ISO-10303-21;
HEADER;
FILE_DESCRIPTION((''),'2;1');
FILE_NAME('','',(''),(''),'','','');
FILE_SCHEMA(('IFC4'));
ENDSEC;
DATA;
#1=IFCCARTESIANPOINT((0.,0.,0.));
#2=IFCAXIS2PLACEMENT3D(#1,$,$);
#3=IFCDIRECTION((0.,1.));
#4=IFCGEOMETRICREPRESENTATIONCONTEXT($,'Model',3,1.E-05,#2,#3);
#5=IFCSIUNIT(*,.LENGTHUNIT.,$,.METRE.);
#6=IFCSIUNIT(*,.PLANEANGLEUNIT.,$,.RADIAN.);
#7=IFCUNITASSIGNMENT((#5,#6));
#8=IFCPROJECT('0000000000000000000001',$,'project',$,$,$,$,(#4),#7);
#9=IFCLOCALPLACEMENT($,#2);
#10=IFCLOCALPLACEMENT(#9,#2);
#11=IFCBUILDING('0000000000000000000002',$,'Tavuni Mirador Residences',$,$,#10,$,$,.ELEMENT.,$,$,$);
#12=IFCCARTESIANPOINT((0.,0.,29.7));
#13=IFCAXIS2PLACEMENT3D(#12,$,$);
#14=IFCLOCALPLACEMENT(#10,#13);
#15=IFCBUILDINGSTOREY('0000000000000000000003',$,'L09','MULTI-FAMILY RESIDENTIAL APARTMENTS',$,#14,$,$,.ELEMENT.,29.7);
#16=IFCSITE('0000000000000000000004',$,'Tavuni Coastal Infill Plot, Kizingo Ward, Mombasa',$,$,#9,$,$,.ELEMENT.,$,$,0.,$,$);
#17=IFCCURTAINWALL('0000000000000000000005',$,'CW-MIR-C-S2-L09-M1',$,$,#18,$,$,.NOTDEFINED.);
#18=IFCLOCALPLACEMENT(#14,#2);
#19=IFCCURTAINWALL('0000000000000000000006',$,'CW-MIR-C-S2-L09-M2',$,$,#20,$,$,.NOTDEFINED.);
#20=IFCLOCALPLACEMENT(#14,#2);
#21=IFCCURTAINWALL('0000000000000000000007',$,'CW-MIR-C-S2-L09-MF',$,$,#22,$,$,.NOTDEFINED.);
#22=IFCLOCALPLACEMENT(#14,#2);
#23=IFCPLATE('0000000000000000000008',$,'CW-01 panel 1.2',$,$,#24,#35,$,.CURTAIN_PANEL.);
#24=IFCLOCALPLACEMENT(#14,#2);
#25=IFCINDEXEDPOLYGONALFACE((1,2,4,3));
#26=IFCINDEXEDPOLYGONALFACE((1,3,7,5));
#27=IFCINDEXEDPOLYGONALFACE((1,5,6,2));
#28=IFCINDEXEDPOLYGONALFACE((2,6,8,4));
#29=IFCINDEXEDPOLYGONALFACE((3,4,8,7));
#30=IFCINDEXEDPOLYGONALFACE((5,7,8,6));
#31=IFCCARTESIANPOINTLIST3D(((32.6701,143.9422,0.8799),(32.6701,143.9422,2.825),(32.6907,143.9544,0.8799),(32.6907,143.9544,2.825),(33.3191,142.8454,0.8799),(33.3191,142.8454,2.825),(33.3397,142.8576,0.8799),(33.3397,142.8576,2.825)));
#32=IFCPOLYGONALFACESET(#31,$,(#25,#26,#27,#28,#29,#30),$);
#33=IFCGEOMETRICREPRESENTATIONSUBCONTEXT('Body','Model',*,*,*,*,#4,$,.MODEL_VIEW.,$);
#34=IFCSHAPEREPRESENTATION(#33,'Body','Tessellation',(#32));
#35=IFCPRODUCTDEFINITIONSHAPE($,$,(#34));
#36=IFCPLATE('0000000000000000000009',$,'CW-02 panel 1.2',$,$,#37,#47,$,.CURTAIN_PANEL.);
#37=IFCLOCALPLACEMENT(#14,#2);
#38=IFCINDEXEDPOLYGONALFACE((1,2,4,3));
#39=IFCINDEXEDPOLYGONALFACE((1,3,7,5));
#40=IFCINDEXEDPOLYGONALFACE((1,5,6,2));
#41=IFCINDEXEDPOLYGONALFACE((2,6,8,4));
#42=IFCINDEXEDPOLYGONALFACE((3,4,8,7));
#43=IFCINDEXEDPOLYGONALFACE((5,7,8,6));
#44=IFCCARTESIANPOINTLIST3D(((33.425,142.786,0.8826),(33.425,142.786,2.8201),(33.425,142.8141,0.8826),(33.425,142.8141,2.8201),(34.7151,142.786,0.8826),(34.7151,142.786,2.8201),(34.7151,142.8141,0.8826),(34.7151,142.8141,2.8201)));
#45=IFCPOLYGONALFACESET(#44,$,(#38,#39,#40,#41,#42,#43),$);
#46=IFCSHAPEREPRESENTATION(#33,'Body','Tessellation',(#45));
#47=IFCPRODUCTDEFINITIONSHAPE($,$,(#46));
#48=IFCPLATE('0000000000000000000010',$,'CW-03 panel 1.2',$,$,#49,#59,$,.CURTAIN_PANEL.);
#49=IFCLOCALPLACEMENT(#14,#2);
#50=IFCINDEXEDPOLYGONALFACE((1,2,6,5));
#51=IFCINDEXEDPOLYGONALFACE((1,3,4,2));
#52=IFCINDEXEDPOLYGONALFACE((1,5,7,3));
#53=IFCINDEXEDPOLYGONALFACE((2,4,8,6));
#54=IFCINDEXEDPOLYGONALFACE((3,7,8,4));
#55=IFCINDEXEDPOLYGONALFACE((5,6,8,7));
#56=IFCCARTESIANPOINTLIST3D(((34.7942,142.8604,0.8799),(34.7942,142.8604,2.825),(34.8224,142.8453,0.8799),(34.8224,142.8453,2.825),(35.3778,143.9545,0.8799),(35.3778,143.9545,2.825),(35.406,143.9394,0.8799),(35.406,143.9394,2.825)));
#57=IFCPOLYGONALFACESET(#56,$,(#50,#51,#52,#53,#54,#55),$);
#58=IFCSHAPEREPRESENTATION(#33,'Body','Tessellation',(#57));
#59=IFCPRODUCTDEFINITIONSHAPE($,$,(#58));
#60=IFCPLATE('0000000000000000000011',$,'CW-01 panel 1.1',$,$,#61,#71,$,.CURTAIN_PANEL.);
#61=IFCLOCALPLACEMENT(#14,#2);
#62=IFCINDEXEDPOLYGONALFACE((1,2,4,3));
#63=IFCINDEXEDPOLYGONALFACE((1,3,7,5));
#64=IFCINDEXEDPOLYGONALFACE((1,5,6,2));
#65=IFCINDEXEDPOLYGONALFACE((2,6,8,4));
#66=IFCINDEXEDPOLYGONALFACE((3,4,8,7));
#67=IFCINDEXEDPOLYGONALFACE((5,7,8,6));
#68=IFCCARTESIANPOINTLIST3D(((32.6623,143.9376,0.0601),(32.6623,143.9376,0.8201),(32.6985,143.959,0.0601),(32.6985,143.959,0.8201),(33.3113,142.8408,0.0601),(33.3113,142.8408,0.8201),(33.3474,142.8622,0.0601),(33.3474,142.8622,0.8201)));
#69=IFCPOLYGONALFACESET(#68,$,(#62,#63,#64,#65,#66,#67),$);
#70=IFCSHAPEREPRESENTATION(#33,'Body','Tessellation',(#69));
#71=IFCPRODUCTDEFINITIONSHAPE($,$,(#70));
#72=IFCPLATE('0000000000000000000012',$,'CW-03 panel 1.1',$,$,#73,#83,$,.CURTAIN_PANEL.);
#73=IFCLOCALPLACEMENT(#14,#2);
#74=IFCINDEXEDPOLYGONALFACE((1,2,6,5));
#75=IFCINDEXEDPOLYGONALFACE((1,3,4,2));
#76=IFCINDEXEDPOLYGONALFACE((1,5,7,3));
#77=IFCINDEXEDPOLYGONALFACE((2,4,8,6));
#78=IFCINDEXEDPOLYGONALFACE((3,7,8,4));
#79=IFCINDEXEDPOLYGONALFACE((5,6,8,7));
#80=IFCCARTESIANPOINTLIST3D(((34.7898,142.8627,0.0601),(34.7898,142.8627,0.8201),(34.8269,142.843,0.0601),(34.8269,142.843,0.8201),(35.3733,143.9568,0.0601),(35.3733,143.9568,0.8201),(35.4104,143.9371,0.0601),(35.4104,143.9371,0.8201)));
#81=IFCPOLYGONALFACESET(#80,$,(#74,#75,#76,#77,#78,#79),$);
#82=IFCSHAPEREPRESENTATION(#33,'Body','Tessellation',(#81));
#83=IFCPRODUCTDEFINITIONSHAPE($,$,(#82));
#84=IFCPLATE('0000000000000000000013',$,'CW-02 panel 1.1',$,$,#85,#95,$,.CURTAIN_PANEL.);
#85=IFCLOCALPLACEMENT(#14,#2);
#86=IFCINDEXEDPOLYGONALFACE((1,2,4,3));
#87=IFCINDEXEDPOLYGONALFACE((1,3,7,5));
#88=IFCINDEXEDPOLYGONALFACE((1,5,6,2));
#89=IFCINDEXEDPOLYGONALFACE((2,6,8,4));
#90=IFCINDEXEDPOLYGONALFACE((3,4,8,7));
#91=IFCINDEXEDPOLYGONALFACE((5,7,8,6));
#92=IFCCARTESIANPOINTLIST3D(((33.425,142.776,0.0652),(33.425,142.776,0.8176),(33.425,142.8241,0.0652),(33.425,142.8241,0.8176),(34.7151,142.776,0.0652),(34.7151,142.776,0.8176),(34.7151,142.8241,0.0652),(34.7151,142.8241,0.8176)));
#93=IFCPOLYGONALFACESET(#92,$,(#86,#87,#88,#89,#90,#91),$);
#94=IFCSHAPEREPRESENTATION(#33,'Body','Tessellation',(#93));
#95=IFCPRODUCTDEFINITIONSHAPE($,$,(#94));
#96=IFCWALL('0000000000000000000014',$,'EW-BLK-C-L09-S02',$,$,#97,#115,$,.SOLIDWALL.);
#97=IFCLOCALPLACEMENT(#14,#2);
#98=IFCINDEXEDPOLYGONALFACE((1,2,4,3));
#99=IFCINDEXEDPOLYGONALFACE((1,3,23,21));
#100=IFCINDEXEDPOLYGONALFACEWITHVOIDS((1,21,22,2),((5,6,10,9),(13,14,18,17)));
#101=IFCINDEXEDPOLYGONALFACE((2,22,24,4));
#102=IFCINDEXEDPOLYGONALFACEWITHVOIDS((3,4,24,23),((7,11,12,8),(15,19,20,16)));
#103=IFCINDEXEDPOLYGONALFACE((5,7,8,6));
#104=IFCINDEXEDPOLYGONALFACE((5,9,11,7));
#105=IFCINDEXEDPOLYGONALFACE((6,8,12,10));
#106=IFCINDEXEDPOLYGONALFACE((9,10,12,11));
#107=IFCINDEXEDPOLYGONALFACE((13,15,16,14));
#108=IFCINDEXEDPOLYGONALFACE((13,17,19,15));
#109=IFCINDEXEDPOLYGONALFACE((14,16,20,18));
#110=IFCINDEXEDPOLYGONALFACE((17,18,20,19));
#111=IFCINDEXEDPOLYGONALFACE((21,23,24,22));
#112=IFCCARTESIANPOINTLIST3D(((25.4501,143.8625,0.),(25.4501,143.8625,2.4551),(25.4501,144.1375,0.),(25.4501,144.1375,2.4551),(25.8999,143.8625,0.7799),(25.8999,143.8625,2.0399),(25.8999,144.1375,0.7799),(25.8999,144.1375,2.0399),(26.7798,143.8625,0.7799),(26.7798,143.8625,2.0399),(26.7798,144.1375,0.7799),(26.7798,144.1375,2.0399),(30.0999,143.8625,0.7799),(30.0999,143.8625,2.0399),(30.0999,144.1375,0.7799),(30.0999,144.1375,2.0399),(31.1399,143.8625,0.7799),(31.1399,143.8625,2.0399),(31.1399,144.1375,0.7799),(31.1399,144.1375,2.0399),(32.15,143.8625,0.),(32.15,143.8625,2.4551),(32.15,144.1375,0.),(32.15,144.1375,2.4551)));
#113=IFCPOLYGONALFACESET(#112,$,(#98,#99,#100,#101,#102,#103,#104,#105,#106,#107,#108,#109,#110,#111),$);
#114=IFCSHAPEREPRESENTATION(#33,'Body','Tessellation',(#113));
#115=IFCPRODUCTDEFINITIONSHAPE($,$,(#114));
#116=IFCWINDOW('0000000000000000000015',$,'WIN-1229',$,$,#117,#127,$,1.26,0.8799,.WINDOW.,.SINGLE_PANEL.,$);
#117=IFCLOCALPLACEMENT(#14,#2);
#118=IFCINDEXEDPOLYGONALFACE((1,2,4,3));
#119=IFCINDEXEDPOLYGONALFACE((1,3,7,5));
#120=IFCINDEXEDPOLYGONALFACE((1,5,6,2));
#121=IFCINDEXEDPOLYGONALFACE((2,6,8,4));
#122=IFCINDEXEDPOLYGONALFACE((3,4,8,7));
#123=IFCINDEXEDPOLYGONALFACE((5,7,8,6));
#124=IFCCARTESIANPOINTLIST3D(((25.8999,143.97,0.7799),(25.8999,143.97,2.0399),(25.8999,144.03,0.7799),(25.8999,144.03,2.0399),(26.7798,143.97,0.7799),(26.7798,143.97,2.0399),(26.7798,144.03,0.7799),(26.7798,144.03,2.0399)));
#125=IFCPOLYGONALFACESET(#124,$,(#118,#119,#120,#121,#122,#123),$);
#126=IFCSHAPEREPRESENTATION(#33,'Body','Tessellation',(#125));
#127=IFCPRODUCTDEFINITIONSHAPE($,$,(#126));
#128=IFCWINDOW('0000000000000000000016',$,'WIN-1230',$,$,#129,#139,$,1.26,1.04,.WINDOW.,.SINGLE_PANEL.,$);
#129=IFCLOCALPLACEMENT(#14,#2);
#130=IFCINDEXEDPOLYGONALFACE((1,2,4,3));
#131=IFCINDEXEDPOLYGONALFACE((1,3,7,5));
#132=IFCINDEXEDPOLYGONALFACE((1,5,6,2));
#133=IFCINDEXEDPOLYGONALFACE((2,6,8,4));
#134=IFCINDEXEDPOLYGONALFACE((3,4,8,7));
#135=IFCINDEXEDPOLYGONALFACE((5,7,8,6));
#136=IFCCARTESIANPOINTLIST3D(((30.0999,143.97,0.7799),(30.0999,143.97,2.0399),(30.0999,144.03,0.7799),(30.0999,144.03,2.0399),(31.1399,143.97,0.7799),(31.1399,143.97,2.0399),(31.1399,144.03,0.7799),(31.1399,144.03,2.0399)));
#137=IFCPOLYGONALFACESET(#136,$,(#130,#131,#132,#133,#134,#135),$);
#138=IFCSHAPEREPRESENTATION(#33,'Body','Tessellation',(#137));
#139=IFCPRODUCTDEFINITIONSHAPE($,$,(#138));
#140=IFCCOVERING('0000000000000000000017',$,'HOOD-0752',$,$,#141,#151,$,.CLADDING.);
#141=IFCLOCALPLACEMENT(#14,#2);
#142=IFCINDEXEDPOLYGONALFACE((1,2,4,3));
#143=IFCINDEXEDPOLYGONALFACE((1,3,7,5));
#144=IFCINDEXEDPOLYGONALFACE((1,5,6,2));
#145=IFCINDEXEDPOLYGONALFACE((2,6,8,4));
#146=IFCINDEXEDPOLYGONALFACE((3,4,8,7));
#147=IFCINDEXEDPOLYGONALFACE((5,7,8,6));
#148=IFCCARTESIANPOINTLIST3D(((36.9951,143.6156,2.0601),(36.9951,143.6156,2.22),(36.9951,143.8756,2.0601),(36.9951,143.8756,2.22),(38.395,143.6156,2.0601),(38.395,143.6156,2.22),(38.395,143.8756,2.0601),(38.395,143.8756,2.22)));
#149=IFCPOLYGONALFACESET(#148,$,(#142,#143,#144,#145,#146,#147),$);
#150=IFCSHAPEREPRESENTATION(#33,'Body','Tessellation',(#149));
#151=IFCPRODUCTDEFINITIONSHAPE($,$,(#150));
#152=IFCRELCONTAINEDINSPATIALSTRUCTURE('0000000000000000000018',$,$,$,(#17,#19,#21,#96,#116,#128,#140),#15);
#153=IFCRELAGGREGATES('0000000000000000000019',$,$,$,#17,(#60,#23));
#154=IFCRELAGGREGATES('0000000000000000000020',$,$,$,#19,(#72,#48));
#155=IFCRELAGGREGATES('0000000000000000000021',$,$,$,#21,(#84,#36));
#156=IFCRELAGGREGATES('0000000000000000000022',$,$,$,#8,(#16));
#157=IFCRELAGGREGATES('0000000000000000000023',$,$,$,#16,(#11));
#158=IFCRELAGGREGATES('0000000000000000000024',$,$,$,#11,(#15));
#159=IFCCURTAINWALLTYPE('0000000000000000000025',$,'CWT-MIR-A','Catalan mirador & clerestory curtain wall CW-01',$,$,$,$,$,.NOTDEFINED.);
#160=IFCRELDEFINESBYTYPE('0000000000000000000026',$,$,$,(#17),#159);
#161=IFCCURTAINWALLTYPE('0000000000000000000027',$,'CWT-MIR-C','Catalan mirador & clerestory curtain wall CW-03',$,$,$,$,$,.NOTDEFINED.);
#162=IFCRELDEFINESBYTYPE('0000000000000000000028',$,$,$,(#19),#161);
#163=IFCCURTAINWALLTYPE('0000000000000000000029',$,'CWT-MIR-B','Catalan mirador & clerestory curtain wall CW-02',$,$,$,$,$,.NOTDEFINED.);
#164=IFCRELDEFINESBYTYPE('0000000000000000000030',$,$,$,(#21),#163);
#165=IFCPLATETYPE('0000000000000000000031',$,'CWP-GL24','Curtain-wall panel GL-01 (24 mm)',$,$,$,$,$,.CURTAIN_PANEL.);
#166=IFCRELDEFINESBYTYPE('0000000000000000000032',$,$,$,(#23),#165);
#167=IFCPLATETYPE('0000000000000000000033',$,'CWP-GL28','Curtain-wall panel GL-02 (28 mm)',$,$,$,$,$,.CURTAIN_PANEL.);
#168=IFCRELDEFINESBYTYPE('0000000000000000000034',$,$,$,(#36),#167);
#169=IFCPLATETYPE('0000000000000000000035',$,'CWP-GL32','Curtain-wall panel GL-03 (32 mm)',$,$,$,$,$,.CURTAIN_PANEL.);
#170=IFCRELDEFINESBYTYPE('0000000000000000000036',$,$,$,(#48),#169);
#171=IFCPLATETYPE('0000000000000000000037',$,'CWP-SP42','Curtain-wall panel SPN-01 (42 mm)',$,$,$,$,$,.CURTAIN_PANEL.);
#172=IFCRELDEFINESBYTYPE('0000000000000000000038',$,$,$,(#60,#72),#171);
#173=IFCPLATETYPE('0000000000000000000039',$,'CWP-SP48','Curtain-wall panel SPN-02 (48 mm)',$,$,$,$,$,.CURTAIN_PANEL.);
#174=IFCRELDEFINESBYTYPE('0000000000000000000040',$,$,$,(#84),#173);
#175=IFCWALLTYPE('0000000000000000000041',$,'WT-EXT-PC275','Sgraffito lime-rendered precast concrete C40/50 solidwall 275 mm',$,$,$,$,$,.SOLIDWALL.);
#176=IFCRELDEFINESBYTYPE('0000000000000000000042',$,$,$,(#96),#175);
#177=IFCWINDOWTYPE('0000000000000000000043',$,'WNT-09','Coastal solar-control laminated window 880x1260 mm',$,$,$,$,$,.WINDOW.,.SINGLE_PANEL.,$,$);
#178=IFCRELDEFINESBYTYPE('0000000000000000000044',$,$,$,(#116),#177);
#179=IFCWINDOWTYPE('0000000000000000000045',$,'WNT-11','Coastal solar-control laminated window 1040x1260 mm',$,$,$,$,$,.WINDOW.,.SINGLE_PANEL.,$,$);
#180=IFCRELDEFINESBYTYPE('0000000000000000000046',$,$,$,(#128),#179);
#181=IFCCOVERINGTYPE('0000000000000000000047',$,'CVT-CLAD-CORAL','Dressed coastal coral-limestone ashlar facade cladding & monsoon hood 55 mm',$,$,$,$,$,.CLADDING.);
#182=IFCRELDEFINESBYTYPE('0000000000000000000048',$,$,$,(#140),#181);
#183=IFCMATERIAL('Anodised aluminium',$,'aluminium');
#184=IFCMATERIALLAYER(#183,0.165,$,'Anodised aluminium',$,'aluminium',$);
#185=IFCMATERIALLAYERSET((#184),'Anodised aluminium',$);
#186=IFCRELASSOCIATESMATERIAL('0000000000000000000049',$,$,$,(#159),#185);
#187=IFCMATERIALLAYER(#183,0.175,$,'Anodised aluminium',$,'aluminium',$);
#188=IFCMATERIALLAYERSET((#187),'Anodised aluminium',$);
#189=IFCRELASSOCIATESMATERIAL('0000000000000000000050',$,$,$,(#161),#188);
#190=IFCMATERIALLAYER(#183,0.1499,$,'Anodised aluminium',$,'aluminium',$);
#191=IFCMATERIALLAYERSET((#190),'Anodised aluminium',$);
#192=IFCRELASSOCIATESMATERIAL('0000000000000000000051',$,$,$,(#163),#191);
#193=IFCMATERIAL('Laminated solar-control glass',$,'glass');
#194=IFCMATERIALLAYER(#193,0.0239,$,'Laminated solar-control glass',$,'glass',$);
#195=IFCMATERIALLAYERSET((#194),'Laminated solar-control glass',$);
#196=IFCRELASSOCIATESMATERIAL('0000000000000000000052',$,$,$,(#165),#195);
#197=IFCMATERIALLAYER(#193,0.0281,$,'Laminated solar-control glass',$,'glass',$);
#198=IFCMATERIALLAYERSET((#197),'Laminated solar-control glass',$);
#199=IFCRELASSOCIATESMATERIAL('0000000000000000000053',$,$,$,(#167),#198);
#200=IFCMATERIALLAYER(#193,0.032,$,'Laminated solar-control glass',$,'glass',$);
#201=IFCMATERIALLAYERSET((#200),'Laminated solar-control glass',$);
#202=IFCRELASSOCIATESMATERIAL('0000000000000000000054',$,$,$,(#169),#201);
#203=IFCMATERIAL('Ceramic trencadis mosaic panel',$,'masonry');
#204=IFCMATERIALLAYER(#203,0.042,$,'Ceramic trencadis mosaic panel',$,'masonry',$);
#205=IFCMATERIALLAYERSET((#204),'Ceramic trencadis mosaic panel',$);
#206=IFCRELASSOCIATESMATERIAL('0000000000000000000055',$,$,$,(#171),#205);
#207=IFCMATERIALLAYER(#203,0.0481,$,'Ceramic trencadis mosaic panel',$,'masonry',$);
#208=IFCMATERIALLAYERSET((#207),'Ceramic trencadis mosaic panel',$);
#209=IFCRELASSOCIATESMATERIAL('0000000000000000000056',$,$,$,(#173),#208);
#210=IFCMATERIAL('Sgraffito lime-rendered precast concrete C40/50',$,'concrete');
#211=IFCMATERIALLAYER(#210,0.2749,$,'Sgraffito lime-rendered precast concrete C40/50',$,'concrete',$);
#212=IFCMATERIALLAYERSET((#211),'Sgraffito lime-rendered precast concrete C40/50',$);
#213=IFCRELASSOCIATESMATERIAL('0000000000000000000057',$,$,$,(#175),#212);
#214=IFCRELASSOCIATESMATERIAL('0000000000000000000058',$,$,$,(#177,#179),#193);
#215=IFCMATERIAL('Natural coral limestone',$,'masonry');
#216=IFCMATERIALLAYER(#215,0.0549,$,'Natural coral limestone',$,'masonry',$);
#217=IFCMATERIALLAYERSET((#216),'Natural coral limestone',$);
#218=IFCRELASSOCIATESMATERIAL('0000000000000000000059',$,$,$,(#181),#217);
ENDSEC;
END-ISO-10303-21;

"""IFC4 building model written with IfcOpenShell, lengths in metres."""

from ifc_helpers import new_model, si_unit, direction, frame, frame_2d, origin, origin_2d, place, context, subcontext, project, spatial, rectangle, extrude, material, layer, layer_set, type_object, element, fill, aggregate, save


model = new_model("IFC4")

# Units and contexts
model_context = context("Model", 3, precision=1e-05, world=origin(), true_north=direction((0.0, 1.0)))
body_context = subcontext(model_context, "Body", "Model", "MODEL_VIEW")
ifc_project = project(units=[si_unit("LENGTHUNIT", "METRE"), si_unit("PLANEANGLEUNIT", "RADIAN")], contexts=[model_context])

# Site, building, storey
site_placement = place(None, origin())
site = spatial("IfcSite", under=ifc_project, at=site_placement, Name="Tavuni Coastal Infill Plot, Kizingo Ward, Mombasa", CompositionType="ELEMENT", RefElevation=0.0)
building_placement = place(site_placement, origin())
building = spatial("IfcBuilding", under=site, at=building_placement, Name="Tavuni Mirador Residences", CompositionType="ELEMENT")
storey_placement = place(building_placement, frame((0.0, 0.0, 29.7)))
storey = spatial("IfcBuildingStorey", under=building, at=storey_placement, Name="L09", Description="MULTI-FAMILY RESIDENTIAL APARTMENTS", CompositionType="ELEMENT", Elevation=29.7)

# Curtain walls
ifc_material_1 = material(Name="Anodised aluminium", Category="aluminium")
ifc_layer_1 = layer(ifc_material_1, 0.165, Name="Anodised aluminium", Category="aluminium")
ifc_layer_set_1 = layer_set([ifc_layer_1], Name="Anodised aluminium")
curtain_wall_type_1 = type_object("IfcCurtainWallType", Name="CWT-MIR-A", Description="Catalan mirador & clerestory curtain wall CW-01", PredefinedType="NOTDEFINED", material=ifc_layer_set_1)
curtain_wall_1_placement = place(storey_placement, origin())
curtain_wall_1 = element("IfcCurtainWall", 1, at=curtain_wall_1_placement, inside=storey, type_object=curtain_wall_type_1, Name="CW-MIR-C-S2-L09-M1", PredefinedType="NOTDEFINED")
ifc_layer_2 = layer(ifc_material_1, 0.175, Name="Anodised aluminium", Category="aluminium")
ifc_layer_set_2 = layer_set([ifc_layer_2], Name="Anodised aluminium")
curtain_wall_type_2 = type_object("IfcCurtainWallType", Name="CWT-MIR-C", Description="Catalan mirador & clerestory curtain wall CW-03", PredefinedType="NOTDEFINED", material=ifc_layer_set_2)
curtain_wall_2_placement = place(storey_placement, origin())
curtain_wall_2 = element("IfcCurtainWall", 2, at=curtain_wall_2_placement, inside=storey, type_object=curtain_wall_type_2, Name="CW-MIR-C-S2-L09-M2", PredefinedType="NOTDEFINED")
ifc_layer_3 = layer(ifc_material_1, 0.1499, Name="Anodised aluminium", Category="aluminium")
ifc_layer_set_3 = layer_set([ifc_layer_3], Name="Anodised aluminium")
curtain_wall_type_3 = type_object("IfcCurtainWallType", Name="CWT-MIR-B", Description="Catalan mirador & clerestory curtain wall CW-02", PredefinedType="NOTDEFINED", material=ifc_layer_set_3)
curtain_wall_3_placement = place(storey_placement, origin())
curtain_wall_3 = element("IfcCurtainWall", 3, at=curtain_wall_3_placement, inside=storey, type_object=curtain_wall_type_3, Name="CW-MIR-C-S2-L09-MF", PredefinedType="NOTDEFINED")

# Plates
ifc_material_2 = material(Name="Laminated solar-control glass", Category="glass")
ifc_layer_4 = layer(ifc_material_2, 0.0239, Name="Laminated solar-control glass", Category="glass")
ifc_layer_set_4 = layer_set([ifc_layer_4], Name="Laminated solar-control glass")
plate_type_1 = type_object("IfcPlateType", Name="CWP-GL24", Description="Curtain-wall panel GL-01 (24 mm)", PredefinedType="CURTAIN_PANEL", material=ifc_layer_set_4)
plate_1_placement = place(storey_placement, frame((33.0049, 143.3999, 0.8799), z_axis=(0.0, 0.0, 1.0), x_axis=(0.509212, -0.860641, 0.0)))
plate_1 = element("IfcPlate", 4, at=plate_1_placement, type_object=plate_type_1, Name="CW-01 panel 1.2", PredefinedType="CURTAIN_PANEL", context=body_context, shape_type="SweptSolid", body=[
    extrude(rectangle(XDim=1.2744, YDim=0.0239, at=origin_2d()), origin(), (0.0, 0.0, 1.0), 1.9451),
])
ifc_layer_5 = layer(ifc_material_2, 0.0281, Name="Laminated solar-control glass", Category="glass")
ifc_layer_set_5 = layer_set([ifc_layer_5], Name="Laminated solar-control glass")
plate_type_2 = type_object("IfcPlateType", Name="CWP-GL28", Description="Curtain-wall panel GL-02 (28 mm)", PredefinedType="CURTAIN_PANEL", material=ifc_layer_set_5)
plate_2_placement = place(storey_placement, frame((34.0701, 142.8, 0.8826), z_axis=(0.0, 0.0, 1.0), x_axis=(1.0, 0.0, 0.0)))
plate_2 = element("IfcPlate", 5, at=plate_2_placement, type_object=plate_type_2, Name="CW-02 panel 1.2", PredefinedType="CURTAIN_PANEL", context=body_context, shape_type="SweptSolid", body=[
    extrude(rectangle(XDim=1.29, YDim=0.0281, at=origin_2d()), origin(), (0.0, 0.0, 1.0), 1.9375),
])
ifc_layer_6 = layer(ifc_material_2, 0.032, Name="Laminated solar-control glass", Category="glass")
ifc_layer_set_6 = layer_set([ifc_layer_6], Name="Laminated solar-control glass")
plate_type_3 = type_object("IfcPlateType", Name="CWP-GL32", Description="Curtain-wall panel GL-03 (32 mm)", PredefinedType="CURTAIN_PANEL", material=ifc_layer_set_6)
plate_3_placement = place(storey_placement, frame((35.1001, 143.3999, 0.8799), z_axis=(0.0, 0.0, 1.0), x_axis=(0.470588, 0.882353, 0.0)))
plate_3 = element("IfcPlate", 6, at=plate_3_placement, type_object=plate_type_3, Name="CW-03 panel 1.2", PredefinedType="CURTAIN_PANEL", context=body_context, shape_type="SweptSolid", body=[
    extrude(rectangle(XDim=1.24, YDim=0.032, at=origin_2d()), origin(), (0.0, 0.0, 1.0), 1.9451),
])
ifc_material_3 = material(Name="Ceramic trencadis mosaic panel", Category="masonry")
ifc_layer_7 = layer(ifc_material_3, 0.042, Name="Ceramic trencadis mosaic panel", Category="masonry")
ifc_layer_set_7 = layer_set([ifc_layer_7], Name="Ceramic trencadis mosaic panel")
plate_type_4 = type_object("IfcPlateType", Name="CWP-SP42", Description="Curtain-wall panel SPN-01 (42 mm)", PredefinedType="CURTAIN_PANEL", material=ifc_layer_set_7)
plate_4_placement = place(storey_placement, frame((33.0049, 143.3999, 0.0601), z_axis=(0.0, 0.0, 1.0), x_axis=(0.509212, -0.860641, 0.0)))
plate_4 = element("IfcPlate", 7, at=plate_4_placement, type_object=plate_type_4, Name="CW-01 panel 1.1", PredefinedType="CURTAIN_PANEL", context=body_context, shape_type="SweptSolid", body=[
    extrude(rectangle(XDim=1.2744, YDim=0.042, at=origin_2d()), origin(), (0.0, 0.0, 1.0), 0.76),
])
aggregate(curtain_wall_1, [plate_4, plate_1])
plate_5_placement = place(storey_placement, frame((35.1001, 143.3999, 0.0601), z_axis=(0.0, 0.0, 1.0), x_axis=(0.470588, 0.882353, 0.0)))
plate_5 = element("IfcPlate", 8, at=plate_5_placement, type_object=plate_type_4, Name="CW-03 panel 1.1", PredefinedType="CURTAIN_PANEL", context=body_context, shape_type="SweptSolid", body=[
    extrude(rectangle(XDim=1.24, YDim=0.042, at=origin_2d()), origin(), (0.0, 0.0, 1.0), 0.76),
])
aggregate(curtain_wall_2, [plate_5, plate_3])
ifc_layer_8 = layer(ifc_material_3, 0.0481, Name="Ceramic trencadis mosaic panel", Category="masonry")
ifc_layer_set_8 = layer_set([ifc_layer_8], Name="Ceramic trencadis mosaic panel")
plate_type_5 = type_object("IfcPlateType", Name="CWP-SP48", Description="Curtain-wall panel SPN-02 (48 mm)", PredefinedType="CURTAIN_PANEL", material=ifc_layer_set_8)
plate_6_placement = place(storey_placement, frame((34.0701, 142.8, 0.0652), z_axis=(0.0, 0.0, 1.0), x_axis=(1.0, 0.0, 0.0)))
plate_6 = element("IfcPlate", 9, at=plate_6_placement, type_object=plate_type_5, Name="CW-02 panel 1.1", PredefinedType="CURTAIN_PANEL", context=body_context, shape_type="SweptSolid", body=[
    extrude(rectangle(XDim=1.29, YDim=0.0481, at=origin_2d()), origin(), (0.0, 0.0, 1.0), 0.7524),
])
aggregate(curtain_wall_3, [plate_6, plate_2])

# Wall, openings, windows
ifc_material_4 = material(Name="Sgraffito lime-rendered precast concrete C40/50", Category="concrete")
ifc_layer_9 = layer(ifc_material_4, 0.2749, Name="Sgraffito lime-rendered precast concrete C40/50", Category="concrete")
ifc_layer_set_9 = layer_set([ifc_layer_9], Name="Sgraffito lime-rendered precast concrete C40/50")
wall_type = type_object("IfcWallType", Name="WT-EXT-PC275", Description="Sgraffito lime-rendered precast concrete C40/50 solidwall 275 mm", PredefinedType="SOLIDWALL", material=ifc_layer_set_9)
wall_placement = place(storey_placement, frame((25.45, 144.0, 0.0), z_axis=(0.0, 0.0, 1.0), x_axis=(1.0, 0.0, 0.0)))
wall = element("IfcWall", 10, at=wall_placement, inside=storey, type_object=wall_type, Name="EW-BLK-C-L09-S02", PredefinedType="SOLIDWALL", context=body_context, shape_type="SweptSolid", body=[
    extrude(rectangle(XDim=6.7, YDim=0.2749, at=frame_2d((3.3501, 0.0))), origin(), (0.0, 0.0, 1.0), 2.4551),
])
opening_1_placement = place(wall_placement, frame((0.45, 0.0, 0.78)))
opening_1 = element("IfcOpeningElement", 11, at=opening_1_placement, cuts=wall, PredefinedType="OPENING", context=body_context, shape_type="SweptSolid", body=[
    extrude(rectangle(XDim=0.8799, YDim=1.26, at=frame_2d((0.4399, 0.6299))), frame((0.0, 0.1475, 0.0), z_axis=(0.0, -1.0, 0.0), x_axis=(1.0, 0.0, 0.0)), (0.0, 0.0, 1.0), 0.2949),
])
opening_2_placement = place(wall_placement, frame((4.6499, 0.0, 0.78)))
opening_2 = element("IfcOpeningElement", 12, at=opening_2_placement, cuts=wall, PredefinedType="OPENING", context=body_context, shape_type="SweptSolid", body=[
    extrude(rectangle(XDim=1.04, YDim=1.26, at=frame_2d((0.52, 0.6299))), frame((0.0, 0.1475, 0.0), z_axis=(0.0, -1.0, 0.0), x_axis=(1.0, 0.0, 0.0)), (0.0, 0.0, 1.0), 0.2949),
])
window_type_1 = type_object("IfcWindowType", Name="WNT-09", Description="Coastal solar-control laminated window 880x1260 mm", PartitioningType="SINGLE_PANEL", PredefinedType="WINDOW", material=ifc_material_2)
window_1_placement = place(opening_1_placement, origin())
window_1 = element("IfcWindow", 13, at=window_1_placement, inside=storey, type_object=window_type_1, Name="WIN-1229", OverallHeight=1.26, OverallWidth=0.8799, PartitioningType="SINGLE_PANEL", PredefinedType="WINDOW", context=body_context, shape_type="SweptSolid", body=[
    extrude(rectangle(XDim=0.8799, YDim=1.26, at=frame_2d((0.4399, 0.6299))), frame((0.0, 0.03, 0.0), z_axis=(0.0, -1.0, 0.0), x_axis=(1.0, 0.0, 0.0)), (0.0, 0.0, 1.0), 0.0601),
])
fill(opening_1, window_1)
window_type_2 = type_object("IfcWindowType", Name="WNT-11", Description="Coastal solar-control laminated window 1040x1260 mm", PartitioningType="SINGLE_PANEL", PredefinedType="WINDOW", material=ifc_material_2)
window_2_placement = place(opening_2_placement, origin())
window_2 = element("IfcWindow", 14, at=window_2_placement, inside=storey, type_object=window_type_2, Name="WIN-1230", OverallHeight=1.26, OverallWidth=1.04, PartitioningType="SINGLE_PANEL", PredefinedType="WINDOW", context=body_context, shape_type="SweptSolid", body=[
    extrude(rectangle(XDim=1.04, YDim=1.26, at=frame_2d((0.52, 0.6299))), frame((0.0, 0.03, 0.0), z_axis=(0.0, -1.0, 0.0), x_axis=(1.0, 0.0, 0.0)), (0.0, 0.0, 1.0), 0.0601),
])
fill(opening_2, window_2)

# Covering
ifc_material_5 = material(Name="Natural coral limestone", Category="masonry")
ifc_layer_10 = layer(ifc_material_5, 0.0549, Name="Natural coral limestone", Category="masonry")
ifc_layer_set_10 = layer_set([ifc_layer_10], Name="Natural coral limestone")
covering_type = type_object("IfcCoveringType", Name="CVT-CLAD-CORAL", Description="Dressed coastal coral-limestone ashlar facade cladding & monsoon hood 55 mm", PredefinedType="CLADDING", material=ifc_layer_set_10)
covering_placement = place(storey_placement, frame((37.6951, 143.7456, 2.0601), z_axis=(0.0, 0.0, 1.0), x_axis=(1.0, 0.0, 0.0)))
element("IfcCovering", 15, at=covering_placement, inside=storey, type_object=covering_type, Name="HOOD-0752", PredefinedType="CLADDING", context=body_context, shape_type="SweptSolid", body=[
    extrude(rectangle(XDim=1.3999, YDim=0.26, at=origin_2d()), origin(), (0.0, 0.0, 1.0), 0.1599),
])

save(model, "model.ifc")
